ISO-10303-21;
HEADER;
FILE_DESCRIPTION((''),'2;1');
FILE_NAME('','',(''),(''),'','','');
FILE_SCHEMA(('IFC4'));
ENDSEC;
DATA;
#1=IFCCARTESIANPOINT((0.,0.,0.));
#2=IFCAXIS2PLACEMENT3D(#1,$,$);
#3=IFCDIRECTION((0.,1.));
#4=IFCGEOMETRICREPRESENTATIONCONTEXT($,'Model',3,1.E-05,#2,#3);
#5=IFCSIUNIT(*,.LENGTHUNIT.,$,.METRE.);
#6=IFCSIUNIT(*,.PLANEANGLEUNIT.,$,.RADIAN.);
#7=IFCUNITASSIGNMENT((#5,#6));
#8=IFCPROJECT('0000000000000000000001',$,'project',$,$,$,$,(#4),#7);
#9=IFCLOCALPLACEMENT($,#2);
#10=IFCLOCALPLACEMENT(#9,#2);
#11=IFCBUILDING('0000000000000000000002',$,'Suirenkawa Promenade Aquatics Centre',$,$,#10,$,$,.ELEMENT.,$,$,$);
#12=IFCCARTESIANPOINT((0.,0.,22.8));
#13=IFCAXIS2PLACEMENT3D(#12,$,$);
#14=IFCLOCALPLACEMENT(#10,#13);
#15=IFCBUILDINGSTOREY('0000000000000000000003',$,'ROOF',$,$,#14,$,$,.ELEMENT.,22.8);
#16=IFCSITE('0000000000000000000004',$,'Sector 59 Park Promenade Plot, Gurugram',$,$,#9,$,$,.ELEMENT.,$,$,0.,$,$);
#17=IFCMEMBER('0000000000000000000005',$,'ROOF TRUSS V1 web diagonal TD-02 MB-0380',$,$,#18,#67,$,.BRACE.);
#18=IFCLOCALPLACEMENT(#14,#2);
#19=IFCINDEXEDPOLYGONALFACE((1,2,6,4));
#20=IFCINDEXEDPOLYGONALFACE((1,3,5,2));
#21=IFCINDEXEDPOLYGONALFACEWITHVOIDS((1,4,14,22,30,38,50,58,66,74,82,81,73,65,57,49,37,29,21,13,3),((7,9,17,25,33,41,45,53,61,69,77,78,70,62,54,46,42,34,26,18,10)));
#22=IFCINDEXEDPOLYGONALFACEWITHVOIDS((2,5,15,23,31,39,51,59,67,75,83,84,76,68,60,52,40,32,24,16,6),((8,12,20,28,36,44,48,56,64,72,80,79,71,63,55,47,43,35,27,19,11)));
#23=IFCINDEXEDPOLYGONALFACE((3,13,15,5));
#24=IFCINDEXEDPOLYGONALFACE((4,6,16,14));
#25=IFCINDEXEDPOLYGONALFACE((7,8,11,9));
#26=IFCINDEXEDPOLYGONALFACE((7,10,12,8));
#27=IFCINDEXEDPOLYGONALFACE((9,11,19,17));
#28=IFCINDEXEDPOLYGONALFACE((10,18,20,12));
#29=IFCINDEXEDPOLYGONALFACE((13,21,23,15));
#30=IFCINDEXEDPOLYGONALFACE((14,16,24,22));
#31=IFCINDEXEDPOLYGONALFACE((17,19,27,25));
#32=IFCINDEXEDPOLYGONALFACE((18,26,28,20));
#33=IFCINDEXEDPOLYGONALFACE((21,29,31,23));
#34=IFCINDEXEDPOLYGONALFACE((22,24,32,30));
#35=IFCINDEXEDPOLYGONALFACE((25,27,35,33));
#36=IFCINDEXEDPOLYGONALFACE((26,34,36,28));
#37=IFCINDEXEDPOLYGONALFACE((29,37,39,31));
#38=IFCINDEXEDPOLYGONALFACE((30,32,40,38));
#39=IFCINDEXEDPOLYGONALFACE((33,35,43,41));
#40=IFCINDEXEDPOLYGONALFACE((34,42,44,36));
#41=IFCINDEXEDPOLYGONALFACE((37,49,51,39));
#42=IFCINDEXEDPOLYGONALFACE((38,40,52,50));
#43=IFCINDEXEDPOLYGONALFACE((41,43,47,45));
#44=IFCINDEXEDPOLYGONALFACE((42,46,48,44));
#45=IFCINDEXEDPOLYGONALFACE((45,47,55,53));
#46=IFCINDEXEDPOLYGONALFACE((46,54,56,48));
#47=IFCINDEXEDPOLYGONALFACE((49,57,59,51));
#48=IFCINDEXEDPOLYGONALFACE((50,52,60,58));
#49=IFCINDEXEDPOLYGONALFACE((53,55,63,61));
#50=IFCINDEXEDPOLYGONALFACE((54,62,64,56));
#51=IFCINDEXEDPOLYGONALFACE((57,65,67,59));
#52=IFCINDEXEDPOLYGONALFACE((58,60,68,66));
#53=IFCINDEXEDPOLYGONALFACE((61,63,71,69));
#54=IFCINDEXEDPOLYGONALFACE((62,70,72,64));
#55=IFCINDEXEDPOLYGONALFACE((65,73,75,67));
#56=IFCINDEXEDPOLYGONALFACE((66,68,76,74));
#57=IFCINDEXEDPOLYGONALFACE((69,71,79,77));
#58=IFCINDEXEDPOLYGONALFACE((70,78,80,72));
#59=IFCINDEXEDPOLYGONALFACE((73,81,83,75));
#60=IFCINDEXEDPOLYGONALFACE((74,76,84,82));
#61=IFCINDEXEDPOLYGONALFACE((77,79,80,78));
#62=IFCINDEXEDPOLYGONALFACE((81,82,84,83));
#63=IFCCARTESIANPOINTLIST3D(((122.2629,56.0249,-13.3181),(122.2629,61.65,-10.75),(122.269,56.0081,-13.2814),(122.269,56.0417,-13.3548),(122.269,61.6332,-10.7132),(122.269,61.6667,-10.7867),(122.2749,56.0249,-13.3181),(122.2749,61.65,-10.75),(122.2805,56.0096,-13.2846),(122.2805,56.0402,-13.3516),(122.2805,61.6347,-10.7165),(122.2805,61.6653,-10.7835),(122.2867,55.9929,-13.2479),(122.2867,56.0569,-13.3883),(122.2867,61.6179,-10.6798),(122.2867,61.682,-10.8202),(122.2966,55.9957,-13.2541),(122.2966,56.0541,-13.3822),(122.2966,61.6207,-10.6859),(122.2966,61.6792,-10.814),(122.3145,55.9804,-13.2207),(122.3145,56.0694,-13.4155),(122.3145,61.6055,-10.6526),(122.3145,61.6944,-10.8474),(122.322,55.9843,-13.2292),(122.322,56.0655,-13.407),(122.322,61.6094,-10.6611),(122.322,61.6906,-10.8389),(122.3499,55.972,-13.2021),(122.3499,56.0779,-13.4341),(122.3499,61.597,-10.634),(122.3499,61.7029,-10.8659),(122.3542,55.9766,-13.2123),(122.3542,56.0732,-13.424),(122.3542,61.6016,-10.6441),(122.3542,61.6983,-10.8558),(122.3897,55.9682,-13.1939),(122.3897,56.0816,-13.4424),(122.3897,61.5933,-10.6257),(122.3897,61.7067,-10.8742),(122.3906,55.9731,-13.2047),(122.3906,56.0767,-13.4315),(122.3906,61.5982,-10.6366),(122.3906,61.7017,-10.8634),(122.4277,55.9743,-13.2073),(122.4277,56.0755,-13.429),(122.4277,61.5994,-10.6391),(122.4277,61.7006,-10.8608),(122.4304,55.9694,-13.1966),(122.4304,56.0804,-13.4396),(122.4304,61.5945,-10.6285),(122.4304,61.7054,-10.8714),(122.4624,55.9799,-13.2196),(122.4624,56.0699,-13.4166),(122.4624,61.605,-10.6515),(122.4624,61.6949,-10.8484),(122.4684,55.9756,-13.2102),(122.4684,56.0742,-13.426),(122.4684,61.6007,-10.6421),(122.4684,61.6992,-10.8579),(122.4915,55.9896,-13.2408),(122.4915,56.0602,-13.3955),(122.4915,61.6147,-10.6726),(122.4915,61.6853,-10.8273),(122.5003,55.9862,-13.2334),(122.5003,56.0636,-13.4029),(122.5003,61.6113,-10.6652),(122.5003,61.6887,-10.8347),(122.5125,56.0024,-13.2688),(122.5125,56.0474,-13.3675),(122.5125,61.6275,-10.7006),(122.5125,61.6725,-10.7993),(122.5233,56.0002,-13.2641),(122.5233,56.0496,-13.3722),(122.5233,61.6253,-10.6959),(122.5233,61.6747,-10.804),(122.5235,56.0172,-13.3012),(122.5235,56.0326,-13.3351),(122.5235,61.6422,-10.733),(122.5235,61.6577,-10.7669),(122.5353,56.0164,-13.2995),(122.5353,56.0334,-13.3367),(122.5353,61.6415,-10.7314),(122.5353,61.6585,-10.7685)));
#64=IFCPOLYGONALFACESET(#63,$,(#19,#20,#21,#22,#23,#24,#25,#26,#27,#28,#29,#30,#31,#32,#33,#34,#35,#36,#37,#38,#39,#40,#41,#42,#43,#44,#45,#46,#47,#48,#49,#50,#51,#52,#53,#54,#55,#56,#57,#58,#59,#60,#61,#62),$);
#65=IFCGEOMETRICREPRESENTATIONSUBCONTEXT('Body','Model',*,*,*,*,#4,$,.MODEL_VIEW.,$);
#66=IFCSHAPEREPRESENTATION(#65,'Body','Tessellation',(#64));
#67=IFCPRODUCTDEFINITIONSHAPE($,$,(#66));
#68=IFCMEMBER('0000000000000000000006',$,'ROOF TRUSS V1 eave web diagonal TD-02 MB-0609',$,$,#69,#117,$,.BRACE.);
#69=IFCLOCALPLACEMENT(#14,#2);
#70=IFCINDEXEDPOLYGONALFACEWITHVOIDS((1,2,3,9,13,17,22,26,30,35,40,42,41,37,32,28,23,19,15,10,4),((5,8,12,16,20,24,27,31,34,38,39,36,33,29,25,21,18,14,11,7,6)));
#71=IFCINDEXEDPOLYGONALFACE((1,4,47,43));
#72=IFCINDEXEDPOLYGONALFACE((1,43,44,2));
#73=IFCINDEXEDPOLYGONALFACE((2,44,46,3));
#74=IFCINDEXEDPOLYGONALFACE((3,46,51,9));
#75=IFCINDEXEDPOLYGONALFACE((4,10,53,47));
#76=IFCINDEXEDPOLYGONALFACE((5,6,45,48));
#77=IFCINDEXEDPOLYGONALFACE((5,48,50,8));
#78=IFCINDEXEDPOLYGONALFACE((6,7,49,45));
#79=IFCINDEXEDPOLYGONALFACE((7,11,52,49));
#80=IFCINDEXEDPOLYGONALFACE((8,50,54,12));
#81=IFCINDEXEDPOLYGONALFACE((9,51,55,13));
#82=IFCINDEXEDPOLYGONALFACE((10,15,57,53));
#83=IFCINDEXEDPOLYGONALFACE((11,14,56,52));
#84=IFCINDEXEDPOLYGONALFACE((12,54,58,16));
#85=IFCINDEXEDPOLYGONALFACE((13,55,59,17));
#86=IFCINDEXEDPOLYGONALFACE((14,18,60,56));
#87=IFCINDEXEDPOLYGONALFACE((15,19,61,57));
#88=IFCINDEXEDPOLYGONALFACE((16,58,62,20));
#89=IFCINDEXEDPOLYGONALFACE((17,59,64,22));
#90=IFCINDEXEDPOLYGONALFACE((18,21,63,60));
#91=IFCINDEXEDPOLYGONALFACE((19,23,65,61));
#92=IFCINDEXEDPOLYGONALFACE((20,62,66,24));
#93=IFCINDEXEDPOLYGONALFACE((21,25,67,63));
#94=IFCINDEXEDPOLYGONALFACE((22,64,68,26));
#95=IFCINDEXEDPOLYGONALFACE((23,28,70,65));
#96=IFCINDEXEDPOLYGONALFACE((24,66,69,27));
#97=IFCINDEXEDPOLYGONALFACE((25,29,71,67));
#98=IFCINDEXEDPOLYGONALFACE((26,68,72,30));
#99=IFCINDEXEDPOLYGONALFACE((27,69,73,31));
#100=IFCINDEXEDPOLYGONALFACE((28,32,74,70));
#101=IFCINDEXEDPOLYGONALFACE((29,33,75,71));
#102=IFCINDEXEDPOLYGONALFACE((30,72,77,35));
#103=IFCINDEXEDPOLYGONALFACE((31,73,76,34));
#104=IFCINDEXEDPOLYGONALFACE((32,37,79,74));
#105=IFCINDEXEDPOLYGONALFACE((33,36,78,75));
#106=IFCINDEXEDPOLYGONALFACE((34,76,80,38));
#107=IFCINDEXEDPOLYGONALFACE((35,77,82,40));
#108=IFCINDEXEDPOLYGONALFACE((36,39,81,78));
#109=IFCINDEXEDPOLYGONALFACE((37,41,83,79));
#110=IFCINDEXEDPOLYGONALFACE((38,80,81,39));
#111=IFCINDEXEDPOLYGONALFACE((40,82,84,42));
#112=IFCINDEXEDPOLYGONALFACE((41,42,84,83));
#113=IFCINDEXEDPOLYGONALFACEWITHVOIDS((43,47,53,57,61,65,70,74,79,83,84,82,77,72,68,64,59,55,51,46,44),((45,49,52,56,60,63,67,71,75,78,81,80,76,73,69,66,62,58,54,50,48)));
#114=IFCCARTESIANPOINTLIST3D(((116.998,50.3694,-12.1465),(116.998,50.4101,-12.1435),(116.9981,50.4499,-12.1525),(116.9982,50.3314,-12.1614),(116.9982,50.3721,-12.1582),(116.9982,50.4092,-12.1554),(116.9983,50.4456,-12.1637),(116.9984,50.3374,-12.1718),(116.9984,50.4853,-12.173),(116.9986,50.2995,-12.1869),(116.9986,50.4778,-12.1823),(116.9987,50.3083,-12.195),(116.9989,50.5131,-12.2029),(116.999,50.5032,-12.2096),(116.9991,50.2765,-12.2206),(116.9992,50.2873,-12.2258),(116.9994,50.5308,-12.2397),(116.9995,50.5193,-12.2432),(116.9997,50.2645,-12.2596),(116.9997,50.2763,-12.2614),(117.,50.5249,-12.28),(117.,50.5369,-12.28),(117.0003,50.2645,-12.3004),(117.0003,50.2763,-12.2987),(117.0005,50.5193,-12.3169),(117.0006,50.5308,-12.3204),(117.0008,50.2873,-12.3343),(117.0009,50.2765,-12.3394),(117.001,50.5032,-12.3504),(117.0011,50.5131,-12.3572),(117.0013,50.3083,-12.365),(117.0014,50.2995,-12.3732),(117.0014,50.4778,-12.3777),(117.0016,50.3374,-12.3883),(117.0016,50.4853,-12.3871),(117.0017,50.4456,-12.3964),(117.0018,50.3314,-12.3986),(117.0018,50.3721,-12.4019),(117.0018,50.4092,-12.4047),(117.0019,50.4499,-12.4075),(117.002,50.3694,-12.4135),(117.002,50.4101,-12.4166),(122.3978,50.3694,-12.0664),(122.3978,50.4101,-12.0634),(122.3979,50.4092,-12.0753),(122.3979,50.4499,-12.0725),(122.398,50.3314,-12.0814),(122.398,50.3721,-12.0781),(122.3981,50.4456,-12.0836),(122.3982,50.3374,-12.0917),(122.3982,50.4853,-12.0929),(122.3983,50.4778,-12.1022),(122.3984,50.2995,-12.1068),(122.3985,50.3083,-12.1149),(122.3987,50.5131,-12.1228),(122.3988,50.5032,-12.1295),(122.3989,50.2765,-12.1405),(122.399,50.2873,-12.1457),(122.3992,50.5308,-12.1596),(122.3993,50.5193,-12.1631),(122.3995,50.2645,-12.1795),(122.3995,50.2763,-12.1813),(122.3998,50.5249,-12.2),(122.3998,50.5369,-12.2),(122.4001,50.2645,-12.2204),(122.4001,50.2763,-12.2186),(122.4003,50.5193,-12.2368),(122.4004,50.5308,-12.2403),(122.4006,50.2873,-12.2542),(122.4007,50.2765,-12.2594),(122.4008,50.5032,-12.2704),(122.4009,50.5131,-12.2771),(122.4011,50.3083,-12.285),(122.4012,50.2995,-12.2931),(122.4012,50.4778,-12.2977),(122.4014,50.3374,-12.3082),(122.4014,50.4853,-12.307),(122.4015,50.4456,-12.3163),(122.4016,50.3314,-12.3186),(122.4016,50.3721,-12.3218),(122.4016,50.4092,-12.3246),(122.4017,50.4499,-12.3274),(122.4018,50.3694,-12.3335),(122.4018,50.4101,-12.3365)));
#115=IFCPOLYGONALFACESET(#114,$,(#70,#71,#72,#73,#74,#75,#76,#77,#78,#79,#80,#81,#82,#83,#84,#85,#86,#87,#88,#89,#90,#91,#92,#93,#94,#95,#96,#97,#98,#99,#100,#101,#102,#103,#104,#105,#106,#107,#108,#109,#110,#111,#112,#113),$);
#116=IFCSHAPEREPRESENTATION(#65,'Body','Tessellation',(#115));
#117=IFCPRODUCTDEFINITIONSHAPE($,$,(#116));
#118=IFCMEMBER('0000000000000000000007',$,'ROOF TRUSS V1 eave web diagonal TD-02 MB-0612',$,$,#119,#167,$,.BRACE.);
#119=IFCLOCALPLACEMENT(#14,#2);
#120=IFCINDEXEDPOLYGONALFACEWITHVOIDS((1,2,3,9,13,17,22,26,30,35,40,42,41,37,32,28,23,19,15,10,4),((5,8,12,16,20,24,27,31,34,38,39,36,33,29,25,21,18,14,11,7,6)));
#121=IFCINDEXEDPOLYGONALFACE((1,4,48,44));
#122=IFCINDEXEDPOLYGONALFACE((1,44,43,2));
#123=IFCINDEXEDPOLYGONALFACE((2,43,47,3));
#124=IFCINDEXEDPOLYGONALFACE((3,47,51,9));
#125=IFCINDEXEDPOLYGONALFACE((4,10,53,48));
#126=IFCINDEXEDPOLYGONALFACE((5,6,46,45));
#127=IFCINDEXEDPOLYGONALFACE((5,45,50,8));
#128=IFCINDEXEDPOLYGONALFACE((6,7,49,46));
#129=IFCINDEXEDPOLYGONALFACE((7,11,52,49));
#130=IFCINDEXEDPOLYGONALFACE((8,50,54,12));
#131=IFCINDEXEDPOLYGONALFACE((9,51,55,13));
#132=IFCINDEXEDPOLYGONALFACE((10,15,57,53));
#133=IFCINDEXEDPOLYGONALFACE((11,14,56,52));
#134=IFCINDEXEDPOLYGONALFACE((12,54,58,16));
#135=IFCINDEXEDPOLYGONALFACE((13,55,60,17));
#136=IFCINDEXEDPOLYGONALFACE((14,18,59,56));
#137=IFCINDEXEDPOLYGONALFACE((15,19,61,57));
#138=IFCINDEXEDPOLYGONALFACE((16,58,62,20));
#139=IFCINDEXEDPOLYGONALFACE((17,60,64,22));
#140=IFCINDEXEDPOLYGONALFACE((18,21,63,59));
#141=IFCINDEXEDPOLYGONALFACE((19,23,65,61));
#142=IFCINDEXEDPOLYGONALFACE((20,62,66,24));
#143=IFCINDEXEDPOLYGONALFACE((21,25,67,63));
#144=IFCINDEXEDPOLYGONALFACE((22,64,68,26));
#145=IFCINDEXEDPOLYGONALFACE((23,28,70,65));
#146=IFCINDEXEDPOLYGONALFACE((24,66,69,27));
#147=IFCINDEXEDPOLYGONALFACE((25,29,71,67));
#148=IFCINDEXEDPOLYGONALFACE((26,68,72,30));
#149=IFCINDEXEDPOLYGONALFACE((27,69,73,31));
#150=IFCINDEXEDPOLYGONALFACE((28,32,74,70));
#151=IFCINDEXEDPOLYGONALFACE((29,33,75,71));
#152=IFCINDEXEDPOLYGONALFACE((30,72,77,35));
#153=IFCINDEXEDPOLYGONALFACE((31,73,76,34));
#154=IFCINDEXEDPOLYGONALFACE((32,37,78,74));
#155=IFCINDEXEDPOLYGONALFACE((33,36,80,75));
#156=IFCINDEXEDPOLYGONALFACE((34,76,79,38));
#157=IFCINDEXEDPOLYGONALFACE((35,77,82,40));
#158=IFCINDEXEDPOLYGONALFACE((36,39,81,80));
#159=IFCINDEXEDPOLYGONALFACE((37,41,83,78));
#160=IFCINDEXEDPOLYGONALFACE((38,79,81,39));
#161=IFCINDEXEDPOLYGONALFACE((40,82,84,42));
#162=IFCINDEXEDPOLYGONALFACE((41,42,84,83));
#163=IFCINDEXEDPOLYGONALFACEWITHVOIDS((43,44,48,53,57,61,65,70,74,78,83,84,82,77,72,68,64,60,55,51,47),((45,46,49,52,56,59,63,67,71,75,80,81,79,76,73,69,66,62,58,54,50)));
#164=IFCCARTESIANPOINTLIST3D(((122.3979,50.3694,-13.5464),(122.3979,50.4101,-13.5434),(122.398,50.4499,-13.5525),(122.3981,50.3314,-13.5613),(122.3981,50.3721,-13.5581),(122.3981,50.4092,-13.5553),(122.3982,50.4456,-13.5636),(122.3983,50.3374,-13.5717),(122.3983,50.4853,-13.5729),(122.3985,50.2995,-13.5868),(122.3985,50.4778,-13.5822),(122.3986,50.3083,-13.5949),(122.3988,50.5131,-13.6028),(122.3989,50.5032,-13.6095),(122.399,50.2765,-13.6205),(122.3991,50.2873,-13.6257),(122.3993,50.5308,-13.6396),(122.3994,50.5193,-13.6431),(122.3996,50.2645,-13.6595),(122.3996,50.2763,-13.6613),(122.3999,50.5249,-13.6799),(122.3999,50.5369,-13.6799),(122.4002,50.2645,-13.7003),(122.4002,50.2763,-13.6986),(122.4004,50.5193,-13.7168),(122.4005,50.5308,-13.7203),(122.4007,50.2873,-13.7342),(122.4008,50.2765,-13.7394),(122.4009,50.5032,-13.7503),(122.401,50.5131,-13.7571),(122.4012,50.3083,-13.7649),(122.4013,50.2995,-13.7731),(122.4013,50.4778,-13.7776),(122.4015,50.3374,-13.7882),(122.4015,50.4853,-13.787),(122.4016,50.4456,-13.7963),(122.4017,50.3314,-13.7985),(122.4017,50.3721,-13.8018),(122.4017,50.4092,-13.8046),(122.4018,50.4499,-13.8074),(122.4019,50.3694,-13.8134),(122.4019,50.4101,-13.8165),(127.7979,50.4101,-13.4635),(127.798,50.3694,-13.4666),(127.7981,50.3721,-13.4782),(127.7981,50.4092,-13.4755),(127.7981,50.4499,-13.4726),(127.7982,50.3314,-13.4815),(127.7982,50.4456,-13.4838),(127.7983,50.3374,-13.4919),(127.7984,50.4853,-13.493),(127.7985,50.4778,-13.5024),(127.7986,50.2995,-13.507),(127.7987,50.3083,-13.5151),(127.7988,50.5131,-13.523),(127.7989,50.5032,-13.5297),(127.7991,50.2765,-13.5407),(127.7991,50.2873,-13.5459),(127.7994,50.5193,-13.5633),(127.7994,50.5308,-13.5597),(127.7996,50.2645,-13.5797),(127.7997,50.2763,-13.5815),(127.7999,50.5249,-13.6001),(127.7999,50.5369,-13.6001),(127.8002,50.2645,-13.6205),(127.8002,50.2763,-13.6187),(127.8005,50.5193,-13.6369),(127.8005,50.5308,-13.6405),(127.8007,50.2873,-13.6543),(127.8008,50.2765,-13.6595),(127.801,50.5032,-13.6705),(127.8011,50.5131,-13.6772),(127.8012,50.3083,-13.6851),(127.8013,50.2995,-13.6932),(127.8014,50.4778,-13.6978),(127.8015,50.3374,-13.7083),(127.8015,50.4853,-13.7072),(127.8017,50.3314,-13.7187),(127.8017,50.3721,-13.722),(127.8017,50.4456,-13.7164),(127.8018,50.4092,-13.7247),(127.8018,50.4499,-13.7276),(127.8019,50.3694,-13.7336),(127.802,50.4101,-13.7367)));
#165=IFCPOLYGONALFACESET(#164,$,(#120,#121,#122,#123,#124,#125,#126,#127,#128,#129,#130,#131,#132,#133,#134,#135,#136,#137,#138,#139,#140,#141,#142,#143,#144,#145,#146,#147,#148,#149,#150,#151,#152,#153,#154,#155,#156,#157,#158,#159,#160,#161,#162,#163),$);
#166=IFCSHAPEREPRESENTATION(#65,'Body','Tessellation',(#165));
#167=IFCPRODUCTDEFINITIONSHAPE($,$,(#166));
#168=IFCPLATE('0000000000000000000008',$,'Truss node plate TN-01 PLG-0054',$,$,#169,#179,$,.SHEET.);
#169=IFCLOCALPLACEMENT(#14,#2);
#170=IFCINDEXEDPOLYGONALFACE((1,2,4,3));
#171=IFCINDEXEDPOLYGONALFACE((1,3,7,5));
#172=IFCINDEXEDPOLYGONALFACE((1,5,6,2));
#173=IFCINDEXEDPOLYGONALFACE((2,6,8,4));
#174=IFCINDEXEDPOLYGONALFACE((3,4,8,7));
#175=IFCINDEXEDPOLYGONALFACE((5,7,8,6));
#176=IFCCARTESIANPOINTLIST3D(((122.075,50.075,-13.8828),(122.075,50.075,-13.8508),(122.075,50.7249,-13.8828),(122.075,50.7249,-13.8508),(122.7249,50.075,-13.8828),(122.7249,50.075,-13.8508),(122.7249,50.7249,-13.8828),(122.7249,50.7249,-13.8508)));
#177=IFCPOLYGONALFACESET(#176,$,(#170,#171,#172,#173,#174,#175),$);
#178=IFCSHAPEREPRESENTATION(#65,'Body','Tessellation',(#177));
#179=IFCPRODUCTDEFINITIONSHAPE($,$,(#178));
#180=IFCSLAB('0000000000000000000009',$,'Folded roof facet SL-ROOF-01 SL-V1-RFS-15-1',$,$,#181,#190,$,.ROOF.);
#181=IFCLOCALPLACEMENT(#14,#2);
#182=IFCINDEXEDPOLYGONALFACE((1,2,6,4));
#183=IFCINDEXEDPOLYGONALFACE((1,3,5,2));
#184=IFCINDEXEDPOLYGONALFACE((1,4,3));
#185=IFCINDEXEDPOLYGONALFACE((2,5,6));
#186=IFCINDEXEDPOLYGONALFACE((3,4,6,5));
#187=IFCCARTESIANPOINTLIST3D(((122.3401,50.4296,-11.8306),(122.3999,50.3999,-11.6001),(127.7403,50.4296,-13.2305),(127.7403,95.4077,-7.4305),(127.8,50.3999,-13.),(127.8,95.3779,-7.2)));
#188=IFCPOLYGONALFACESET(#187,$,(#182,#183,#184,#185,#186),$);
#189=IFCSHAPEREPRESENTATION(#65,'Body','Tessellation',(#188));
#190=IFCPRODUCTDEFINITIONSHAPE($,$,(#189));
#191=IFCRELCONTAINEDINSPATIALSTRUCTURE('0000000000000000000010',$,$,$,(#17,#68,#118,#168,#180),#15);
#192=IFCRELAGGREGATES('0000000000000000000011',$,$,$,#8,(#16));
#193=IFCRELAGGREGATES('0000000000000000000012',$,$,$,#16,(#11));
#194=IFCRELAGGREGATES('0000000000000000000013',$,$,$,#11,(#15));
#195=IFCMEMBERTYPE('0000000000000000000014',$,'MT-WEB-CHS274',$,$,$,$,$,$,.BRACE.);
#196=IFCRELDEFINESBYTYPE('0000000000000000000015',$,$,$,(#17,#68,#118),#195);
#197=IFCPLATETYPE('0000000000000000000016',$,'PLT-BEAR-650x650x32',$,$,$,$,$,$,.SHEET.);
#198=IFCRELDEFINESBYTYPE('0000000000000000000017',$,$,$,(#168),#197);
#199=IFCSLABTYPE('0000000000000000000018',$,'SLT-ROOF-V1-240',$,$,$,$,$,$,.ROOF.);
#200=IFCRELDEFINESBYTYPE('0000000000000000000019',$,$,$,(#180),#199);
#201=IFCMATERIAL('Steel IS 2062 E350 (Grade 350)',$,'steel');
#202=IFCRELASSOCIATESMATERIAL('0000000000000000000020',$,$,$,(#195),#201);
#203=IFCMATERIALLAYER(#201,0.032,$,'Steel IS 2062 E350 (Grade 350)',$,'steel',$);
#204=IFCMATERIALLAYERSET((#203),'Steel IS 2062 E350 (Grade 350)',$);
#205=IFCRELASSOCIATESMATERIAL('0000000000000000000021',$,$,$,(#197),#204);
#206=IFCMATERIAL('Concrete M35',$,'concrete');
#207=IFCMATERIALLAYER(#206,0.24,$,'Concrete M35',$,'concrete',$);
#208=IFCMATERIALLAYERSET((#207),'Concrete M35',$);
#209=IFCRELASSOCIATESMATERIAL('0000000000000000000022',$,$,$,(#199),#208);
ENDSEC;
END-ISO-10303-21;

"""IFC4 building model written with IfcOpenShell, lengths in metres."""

from ifc_helpers import new_model, si_unit, direction, frame, origin, origin_2d, place, context, subcontext, project, spatial, polyline, rectangle, hollow_circle, outline, extrude, material, layer, layer_set, material_profile, profile_set, type_object, element, save


model = new_model("IFC4")

# Units and contexts
model_context = context("Model", 3, precision=1e-05, world=origin(), true_north=direction((0.0, 1.0)))
body_context = subcontext(model_context, "Body", "Model", "MODEL_VIEW")
ifc_project = project(units=[si_unit("LENGTHUNIT", "METRE"), si_unit("PLANEANGLEUNIT", "RADIAN")], contexts=[model_context])

# Site, building, storey
site_placement = place(None, origin())
site = spatial("IfcSite", under=ifc_project, at=site_placement, Name="Sector 59 Park Promenade Plot, Gurugram", CompositionType="ELEMENT", RefElevation=0.0)
building_placement = place(site_placement, origin())
building = spatial("IfcBuilding", under=site, at=building_placement, Name="Suirenkawa Promenade Aquatics Centre", CompositionType="ELEMENT")
storey_placement = place(building_placement, frame((0.0, 0.0, 22.8)))
storey = spatial("IfcBuildingStorey", under=building, at=storey_placement, Name="ROOF", CompositionType="ELEMENT", Elevation=22.8)

# Shared definitions
ifc_material_1 = material(Name="Steel IS 2062 E350 (Grade 350)", Category="steel")

# Members
ifc_material_profile_1 = material_profile(ifc_material_1, hollow_circle(Radius=0.137, WallThickness=0.012, at=origin_2d()), Name="CHS 274x12", Category="steel")
ifc_profile_set_1 = profile_set([ifc_material_profile_1], Name="Steel IS 2062 E350 (Grade 350)")
member_type_1 = type_object("IfcMemberType", Name="MT-WEB-CHS274", PredefinedType="BRACE", material=ifc_profile_set_1)
member_1_placement = place(storey_placement, frame((122.3999, 56.0249, -13.3181), z_axis=(0.0, 0.909677, 0.415316), x_axis=(-1.0, 0.0, 0.0)))
element("IfcMember", 1, at=member_1_placement, inside=storey, type_object=member_type_1, Name="ROOF TRUSS V1 web diagonal TD-02 MB-0380", PredefinedType="BRACE", context=body_context, shape_type="SweptSolid", body=[
    extrude(hollow_circle(Radius=0.137, WallThickness=0.012, at=origin_2d()), origin(), (0.0, 0.0, 1.0), 6.1836),
])
member_2_placement = place(storey_placement, frame((117.0, 50.3999, -12.28), z_axis=(0.99989, 0.0, 0.014828), x_axis=(0.0, 1.0, 0.0)))
element("IfcMember", 2, at=member_2_placement, inside=storey, type_object=member_type_1, Name="ROOF TRUSS V1 eave web diagonal TD-02 MB-0609", PredefinedType="BRACE", context=body_context, shape_type="SweptSolid", body=[
    extrude(hollow_circle(Radius=0.137, WallThickness=0.012, at=origin_2d()), origin(), (0.0, 0.0, 1.0), 5.4004),
])
member_3_placement = place(storey_placement, frame((122.3999, 50.3999, -13.6799), z_axis=(0.999891, 0.0, 0.014782), x_axis=(0.0, 1.0, 0.0)))
element("IfcMember", 3, at=member_3_placement, inside=storey, type_object=member_type_1, Name="ROOF TRUSS V1 eave web diagonal TD-02 MB-0612", PredefinedType="BRACE", context=body_context, shape_type="SweptSolid", body=[
    extrude(hollow_circle(Radius=0.137, WallThickness=0.012, at=origin_2d()), origin(), (0.0, 0.0, 1.0), 5.4006),
])

# Plate
ifc_layer_1 = layer(ifc_material_1, 0.032, Name="Steel IS 2062 E350 (Grade 350)", Category="steel")
ifc_layer_set_1 = layer_set([ifc_layer_1], Name="Steel IS 2062 E350 (Grade 350)")
plate_type = type_object("IfcPlateType", Name="PLT-BEAR-650x650x32", PredefinedType="SHEET", material=ifc_layer_set_1)
plate_placement = place(storey_placement, frame((122.3999, 50.3999, -13.8828), z_axis=(0.0, 0.0, 1.0), x_axis=(1.0, 0.0, 0.0)))
element("IfcPlate", 4, at=plate_placement, inside=storey, type_object=plate_type, Name="Truss node plate TN-01 PLG-0054", PredefinedType="SHEET", context=body_context, shape_type="SweptSolid", body=[
    extrude(rectangle(XDim=0.6499, YDim=0.6499, at=origin_2d()), origin(), (0.0, 0.0, 1.0), 0.032),
])

# Slab
ifc_material_2 = material(Name="Concrete M35", Category="concrete")
ifc_layer_2 = layer(ifc_material_2, 0.24, Name="Concrete M35", Category="concrete")
ifc_layer_set_2 = layer_set([ifc_layer_2], Name="Concrete M35")
slab_type = type_object("IfcSlabType", Name="SLT-ROOF-V1-240", PredefinedType="ROOF", material=ifc_layer_set_2)
slab_1_placement = place(storey_placement, frame((122.3999, 50.3999, -11.6001), z_axis=(0.249007, -0.123866, 0.960548), x_axis=(0.968003, 0.0, -0.250939)))
element("IfcSlab", 5, at=slab_1_placement, inside=storey, type_object=slab_type, Name="Folded roof facet SL-ROOF-01 SL-V1-RFS-15-1", PredefinedType="ROOF", context=body_context, shape_type="SweptSolid", body=[
    extrude(outline(polyline([(0.0, 0.0), (5.5786, 0.0), (4.1232, 45.3271), (0.0, 0.0)])), origin(), (0.0, 0.0, -1.0), 0.24),
])

save(model, "model.ifc")
